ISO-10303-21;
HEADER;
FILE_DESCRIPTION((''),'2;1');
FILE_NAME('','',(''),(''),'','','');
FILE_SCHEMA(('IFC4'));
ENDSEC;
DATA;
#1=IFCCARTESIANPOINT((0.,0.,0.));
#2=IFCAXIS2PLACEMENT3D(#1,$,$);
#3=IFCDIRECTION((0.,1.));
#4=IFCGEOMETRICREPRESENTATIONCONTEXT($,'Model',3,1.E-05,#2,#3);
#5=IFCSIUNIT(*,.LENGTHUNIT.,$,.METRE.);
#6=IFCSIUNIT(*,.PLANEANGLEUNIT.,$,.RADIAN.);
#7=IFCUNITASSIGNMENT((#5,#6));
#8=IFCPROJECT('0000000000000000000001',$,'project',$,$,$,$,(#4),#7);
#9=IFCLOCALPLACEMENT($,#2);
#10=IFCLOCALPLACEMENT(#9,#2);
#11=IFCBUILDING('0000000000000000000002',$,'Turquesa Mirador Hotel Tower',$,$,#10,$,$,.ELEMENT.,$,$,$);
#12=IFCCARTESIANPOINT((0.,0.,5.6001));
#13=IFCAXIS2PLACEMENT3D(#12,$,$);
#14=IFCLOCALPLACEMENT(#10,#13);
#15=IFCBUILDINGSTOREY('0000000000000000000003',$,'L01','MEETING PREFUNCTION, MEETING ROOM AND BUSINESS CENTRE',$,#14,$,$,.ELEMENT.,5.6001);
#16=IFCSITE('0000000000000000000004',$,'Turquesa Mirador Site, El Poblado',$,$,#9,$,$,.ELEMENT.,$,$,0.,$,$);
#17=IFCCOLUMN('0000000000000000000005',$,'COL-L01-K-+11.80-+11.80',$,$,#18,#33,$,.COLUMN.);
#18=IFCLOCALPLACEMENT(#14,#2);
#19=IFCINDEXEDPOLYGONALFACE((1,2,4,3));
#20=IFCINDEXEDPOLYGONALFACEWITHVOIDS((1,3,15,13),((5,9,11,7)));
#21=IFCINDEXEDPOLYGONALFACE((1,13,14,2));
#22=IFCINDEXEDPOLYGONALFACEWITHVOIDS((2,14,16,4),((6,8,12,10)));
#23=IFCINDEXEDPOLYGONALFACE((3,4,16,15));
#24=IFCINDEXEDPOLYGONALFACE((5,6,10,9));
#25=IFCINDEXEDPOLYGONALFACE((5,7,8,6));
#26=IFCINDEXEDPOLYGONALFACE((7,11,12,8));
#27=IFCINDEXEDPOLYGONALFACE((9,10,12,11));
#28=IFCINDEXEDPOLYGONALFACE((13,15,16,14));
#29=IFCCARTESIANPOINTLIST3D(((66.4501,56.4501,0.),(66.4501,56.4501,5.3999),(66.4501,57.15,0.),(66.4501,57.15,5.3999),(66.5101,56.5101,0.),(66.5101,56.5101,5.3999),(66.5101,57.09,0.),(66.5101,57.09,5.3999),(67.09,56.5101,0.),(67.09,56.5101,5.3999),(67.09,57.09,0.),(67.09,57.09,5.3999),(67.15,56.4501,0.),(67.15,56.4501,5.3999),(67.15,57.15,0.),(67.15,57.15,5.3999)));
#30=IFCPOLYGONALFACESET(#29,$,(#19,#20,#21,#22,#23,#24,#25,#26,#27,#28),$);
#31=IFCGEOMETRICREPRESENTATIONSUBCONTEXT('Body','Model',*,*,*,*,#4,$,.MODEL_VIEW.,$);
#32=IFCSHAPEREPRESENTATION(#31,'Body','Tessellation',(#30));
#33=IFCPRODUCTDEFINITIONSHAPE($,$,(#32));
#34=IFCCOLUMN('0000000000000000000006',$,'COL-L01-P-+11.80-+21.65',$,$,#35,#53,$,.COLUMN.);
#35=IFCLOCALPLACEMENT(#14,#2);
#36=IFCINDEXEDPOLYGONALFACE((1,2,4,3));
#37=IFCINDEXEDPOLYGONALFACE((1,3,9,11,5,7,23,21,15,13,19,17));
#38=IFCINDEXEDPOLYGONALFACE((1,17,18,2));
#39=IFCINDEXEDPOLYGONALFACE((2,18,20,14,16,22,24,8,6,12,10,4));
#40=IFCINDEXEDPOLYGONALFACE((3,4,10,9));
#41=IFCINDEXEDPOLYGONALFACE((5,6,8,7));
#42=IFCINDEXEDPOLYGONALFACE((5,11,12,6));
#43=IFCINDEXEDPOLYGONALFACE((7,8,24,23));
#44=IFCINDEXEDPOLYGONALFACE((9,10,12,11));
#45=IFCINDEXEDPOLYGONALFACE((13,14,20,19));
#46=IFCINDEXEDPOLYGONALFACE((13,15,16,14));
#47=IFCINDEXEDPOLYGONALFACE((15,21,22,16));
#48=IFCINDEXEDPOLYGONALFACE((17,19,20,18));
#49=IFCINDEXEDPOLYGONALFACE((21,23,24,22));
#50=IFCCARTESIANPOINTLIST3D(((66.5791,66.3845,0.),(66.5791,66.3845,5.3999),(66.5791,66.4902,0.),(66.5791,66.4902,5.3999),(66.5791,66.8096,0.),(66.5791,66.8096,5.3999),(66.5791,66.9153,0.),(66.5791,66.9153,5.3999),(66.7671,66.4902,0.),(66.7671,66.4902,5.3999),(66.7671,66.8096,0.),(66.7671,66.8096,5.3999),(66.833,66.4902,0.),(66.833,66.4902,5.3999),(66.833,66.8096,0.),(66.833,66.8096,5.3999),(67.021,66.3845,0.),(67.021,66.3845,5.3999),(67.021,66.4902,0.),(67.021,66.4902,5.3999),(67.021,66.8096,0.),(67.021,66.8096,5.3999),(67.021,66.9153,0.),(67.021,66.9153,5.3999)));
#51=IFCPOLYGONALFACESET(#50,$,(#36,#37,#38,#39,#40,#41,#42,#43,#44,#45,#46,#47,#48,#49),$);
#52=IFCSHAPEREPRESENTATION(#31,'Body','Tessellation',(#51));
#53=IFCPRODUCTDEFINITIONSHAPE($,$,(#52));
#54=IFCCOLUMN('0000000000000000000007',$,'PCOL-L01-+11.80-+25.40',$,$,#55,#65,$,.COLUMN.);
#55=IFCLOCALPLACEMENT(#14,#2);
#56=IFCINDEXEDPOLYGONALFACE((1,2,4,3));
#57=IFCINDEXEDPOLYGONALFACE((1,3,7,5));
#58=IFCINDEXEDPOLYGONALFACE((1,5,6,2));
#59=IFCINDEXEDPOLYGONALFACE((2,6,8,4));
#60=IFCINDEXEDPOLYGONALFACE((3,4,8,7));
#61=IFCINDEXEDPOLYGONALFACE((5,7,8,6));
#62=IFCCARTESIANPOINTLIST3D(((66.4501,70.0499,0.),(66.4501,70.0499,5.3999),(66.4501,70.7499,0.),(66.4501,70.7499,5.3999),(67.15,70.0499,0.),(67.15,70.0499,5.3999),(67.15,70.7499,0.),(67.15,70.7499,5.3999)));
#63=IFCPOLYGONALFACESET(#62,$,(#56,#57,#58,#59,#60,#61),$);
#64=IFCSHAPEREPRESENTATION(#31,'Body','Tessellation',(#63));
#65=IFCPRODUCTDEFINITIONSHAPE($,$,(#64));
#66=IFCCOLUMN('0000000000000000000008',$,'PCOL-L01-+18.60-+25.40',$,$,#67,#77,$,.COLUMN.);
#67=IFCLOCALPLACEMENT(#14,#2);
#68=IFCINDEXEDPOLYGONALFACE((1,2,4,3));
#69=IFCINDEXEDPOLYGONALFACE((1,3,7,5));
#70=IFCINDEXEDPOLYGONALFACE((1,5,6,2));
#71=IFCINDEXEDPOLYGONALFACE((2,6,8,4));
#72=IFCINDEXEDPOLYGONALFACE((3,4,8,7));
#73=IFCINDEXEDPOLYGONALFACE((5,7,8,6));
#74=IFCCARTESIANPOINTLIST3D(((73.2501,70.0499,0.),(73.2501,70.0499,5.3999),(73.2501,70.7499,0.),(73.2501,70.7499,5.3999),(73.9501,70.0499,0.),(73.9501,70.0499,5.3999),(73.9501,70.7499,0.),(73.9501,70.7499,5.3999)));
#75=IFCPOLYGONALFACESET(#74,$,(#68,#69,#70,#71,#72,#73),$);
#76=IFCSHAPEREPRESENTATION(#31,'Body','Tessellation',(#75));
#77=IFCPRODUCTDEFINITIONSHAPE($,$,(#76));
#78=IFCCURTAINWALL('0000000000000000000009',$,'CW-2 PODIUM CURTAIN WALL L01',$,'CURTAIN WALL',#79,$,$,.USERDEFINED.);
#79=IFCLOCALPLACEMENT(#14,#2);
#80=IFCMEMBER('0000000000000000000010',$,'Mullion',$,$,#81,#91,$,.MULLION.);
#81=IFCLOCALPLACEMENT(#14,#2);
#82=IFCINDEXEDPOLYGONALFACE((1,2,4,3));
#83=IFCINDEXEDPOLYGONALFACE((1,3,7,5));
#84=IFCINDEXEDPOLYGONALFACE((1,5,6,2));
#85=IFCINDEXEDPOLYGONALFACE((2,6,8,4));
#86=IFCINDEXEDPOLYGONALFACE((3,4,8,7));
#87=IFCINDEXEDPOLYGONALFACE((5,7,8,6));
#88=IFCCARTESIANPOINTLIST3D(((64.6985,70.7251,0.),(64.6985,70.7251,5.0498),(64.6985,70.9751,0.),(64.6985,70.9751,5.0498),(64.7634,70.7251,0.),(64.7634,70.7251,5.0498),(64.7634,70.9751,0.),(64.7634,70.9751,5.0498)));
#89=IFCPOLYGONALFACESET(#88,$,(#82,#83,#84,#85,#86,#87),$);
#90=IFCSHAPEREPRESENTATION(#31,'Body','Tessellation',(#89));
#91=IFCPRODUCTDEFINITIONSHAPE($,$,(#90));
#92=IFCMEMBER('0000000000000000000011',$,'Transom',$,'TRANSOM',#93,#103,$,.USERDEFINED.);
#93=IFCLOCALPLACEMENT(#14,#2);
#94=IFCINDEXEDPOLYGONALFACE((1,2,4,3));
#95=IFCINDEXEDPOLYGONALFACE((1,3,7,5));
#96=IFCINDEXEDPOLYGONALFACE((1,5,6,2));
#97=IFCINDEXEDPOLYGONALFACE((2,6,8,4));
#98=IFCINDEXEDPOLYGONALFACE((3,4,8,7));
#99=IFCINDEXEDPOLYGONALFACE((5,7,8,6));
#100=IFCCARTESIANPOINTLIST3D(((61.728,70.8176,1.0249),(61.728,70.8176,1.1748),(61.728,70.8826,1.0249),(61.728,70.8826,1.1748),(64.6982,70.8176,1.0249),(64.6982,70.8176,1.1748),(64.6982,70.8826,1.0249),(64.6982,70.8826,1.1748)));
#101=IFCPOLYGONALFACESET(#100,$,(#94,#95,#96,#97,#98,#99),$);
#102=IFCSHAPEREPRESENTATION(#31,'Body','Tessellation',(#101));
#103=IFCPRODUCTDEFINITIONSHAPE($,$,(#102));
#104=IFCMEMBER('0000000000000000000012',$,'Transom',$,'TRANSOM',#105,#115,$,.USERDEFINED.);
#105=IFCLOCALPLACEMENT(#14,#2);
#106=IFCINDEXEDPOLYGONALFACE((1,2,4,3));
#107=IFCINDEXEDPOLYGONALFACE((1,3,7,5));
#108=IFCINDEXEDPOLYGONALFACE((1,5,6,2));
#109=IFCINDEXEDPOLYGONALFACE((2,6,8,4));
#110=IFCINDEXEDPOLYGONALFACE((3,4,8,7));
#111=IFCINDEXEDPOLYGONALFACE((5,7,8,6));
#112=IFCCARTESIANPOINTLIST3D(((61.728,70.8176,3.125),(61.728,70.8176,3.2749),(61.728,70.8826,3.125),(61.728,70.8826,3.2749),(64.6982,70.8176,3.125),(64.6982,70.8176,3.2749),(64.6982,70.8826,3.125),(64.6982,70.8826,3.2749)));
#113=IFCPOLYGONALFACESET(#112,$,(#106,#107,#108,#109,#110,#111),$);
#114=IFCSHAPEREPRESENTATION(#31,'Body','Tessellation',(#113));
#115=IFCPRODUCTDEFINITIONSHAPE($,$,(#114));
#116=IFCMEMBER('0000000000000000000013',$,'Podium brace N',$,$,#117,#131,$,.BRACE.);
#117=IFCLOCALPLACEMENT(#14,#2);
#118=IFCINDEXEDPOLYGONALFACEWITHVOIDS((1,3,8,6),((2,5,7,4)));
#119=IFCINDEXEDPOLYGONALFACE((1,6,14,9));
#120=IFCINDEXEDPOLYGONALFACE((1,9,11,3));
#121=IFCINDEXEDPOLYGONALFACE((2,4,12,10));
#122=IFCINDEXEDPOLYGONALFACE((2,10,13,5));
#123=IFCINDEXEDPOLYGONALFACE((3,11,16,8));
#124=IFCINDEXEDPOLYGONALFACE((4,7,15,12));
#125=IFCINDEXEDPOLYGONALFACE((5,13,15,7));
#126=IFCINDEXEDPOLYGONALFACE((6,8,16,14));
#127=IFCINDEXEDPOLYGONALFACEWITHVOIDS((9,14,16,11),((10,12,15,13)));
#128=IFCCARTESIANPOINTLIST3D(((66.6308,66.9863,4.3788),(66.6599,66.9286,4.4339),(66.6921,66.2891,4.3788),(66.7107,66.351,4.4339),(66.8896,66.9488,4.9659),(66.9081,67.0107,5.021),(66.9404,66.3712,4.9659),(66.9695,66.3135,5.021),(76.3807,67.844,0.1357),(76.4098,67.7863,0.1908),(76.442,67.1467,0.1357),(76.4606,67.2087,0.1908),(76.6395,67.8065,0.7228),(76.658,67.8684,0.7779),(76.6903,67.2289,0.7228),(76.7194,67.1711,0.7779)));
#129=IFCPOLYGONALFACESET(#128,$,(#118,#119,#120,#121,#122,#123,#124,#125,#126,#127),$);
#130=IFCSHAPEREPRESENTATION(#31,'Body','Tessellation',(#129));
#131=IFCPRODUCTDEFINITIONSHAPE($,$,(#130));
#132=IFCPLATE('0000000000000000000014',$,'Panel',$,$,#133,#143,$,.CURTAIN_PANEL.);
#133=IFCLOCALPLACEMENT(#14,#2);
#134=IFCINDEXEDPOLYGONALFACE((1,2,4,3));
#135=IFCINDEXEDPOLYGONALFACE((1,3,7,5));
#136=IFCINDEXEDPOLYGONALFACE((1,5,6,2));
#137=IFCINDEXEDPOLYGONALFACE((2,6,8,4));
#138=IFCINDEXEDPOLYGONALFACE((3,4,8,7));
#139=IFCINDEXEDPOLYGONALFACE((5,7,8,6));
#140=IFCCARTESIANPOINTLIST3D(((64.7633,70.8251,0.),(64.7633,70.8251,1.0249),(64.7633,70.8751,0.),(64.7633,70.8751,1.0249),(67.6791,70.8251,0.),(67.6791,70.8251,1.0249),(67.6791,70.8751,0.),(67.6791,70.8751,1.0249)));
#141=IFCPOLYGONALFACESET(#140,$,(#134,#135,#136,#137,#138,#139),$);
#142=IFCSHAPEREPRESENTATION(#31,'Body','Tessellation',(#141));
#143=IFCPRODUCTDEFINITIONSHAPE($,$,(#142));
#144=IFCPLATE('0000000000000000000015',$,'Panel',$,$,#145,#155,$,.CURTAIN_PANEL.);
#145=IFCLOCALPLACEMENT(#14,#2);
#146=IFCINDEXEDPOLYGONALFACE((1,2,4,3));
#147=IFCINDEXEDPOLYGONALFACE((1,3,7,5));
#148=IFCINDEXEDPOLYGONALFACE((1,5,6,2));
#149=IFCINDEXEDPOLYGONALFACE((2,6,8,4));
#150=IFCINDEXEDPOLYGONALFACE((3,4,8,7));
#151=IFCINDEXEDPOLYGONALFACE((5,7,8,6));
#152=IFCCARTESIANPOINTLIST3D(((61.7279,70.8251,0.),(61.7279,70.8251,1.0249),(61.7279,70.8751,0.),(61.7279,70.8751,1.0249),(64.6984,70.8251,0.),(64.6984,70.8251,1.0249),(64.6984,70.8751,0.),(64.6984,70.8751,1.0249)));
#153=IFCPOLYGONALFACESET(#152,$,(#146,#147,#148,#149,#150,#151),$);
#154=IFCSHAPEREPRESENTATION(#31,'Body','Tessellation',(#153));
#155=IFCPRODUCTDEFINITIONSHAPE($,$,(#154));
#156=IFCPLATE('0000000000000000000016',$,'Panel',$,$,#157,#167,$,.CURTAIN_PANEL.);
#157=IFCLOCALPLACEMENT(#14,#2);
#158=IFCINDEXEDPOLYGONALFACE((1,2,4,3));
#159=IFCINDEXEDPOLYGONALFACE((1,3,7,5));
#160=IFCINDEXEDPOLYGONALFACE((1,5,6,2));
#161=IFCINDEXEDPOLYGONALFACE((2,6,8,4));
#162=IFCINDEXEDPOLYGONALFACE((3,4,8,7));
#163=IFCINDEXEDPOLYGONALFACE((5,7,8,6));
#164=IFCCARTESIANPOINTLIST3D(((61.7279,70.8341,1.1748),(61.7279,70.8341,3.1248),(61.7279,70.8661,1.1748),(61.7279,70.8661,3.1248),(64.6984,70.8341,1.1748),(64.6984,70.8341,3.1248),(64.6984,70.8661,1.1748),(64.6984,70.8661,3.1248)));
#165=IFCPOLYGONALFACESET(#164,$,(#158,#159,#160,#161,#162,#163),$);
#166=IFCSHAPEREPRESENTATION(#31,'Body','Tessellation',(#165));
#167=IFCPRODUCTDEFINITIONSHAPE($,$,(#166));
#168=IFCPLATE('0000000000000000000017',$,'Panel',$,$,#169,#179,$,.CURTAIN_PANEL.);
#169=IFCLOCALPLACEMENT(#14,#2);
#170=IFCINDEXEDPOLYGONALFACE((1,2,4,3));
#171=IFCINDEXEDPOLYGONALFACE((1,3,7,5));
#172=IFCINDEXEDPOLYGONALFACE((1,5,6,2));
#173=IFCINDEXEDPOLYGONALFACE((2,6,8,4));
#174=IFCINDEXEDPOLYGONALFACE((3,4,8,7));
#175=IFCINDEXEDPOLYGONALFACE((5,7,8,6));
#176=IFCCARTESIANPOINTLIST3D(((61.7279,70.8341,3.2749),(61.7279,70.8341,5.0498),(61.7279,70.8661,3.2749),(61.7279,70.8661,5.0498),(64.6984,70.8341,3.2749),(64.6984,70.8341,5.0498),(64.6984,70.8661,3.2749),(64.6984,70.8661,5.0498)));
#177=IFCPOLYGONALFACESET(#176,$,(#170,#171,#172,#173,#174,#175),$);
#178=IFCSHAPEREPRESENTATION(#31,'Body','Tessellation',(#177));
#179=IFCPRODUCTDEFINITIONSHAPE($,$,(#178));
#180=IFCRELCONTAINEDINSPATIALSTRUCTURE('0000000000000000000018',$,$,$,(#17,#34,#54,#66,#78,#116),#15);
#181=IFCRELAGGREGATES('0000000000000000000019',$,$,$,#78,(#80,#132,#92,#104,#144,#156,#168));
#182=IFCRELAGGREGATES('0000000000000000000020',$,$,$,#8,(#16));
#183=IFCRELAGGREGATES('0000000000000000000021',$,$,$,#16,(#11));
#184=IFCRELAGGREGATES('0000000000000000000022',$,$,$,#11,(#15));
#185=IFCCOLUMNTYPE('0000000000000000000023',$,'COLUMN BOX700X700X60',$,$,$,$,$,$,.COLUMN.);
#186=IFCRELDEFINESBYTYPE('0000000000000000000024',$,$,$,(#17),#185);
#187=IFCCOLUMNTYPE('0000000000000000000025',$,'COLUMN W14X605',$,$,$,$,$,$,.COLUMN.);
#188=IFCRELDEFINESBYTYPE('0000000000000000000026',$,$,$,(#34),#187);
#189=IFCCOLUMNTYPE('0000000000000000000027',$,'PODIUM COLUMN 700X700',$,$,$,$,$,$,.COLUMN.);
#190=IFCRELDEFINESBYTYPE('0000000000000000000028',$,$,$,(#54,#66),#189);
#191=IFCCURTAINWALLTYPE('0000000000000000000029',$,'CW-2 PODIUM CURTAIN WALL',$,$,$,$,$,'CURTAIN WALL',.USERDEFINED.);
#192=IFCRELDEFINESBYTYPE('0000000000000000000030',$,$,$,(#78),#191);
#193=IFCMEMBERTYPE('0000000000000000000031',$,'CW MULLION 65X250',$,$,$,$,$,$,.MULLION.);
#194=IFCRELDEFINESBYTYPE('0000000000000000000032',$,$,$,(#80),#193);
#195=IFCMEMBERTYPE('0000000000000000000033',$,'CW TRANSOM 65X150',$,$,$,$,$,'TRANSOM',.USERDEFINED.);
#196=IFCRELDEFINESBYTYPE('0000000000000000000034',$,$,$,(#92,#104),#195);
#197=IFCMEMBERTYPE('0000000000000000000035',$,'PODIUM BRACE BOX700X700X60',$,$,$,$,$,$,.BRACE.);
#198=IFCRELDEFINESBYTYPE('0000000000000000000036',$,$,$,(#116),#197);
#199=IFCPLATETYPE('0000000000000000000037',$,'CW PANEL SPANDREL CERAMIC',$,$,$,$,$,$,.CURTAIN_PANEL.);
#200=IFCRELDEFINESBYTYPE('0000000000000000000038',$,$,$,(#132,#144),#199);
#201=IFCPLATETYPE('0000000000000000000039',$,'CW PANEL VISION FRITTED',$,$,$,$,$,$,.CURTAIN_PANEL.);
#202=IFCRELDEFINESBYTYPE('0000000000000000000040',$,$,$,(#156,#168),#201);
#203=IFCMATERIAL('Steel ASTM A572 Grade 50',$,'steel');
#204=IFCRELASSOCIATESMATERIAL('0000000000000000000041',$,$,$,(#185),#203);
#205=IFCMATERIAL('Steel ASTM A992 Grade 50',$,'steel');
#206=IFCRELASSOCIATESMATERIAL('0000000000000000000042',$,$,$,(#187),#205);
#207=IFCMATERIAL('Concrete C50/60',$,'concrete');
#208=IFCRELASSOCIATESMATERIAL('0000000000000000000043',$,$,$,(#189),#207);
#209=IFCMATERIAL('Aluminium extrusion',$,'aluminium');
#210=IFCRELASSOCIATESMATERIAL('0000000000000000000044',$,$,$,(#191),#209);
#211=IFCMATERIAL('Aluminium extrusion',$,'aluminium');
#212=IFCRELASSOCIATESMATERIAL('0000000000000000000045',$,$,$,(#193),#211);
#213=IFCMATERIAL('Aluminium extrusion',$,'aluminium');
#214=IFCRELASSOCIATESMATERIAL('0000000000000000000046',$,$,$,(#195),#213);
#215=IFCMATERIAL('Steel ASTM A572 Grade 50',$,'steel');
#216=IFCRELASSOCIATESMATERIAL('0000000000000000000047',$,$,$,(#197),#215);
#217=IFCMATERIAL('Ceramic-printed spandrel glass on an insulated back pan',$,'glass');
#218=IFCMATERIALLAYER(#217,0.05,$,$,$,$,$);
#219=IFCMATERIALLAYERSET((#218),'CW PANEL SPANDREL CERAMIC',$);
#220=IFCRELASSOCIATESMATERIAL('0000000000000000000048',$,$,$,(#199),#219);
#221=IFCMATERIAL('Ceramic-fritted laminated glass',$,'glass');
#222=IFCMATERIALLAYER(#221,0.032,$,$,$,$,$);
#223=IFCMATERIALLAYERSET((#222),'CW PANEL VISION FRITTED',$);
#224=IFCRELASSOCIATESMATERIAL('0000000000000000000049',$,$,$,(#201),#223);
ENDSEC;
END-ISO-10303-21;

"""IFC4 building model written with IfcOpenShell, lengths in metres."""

from ifc_helpers import new_model, si_unit, direction, frame, origin, origin_2d, place, context, subcontext, project, spatial, rectangle, hollow_rectangle, i_section, extrude, material, layer, layer_set, material_profile, profile_set, type_object, element, aggregate, save


model = new_model("IFC4")

# Units and contexts
model_context = context("Model", 3, precision=1e-05, world=origin(), true_north=direction((0.0, 1.0)))
body_context = subcontext(model_context, "Body", "Model", "MODEL_VIEW")
ifc_project = project(units=[si_unit("LENGTHUNIT", "METRE"), si_unit("PLANEANGLEUNIT", "RADIAN")], contexts=[model_context])

# Site, building, storey
site_placement = place(None, origin())
site = spatial("IfcSite", under=ifc_project, at=site_placement, Name="Turquesa Mirador Site, El Poblado", CompositionType="ELEMENT", RefElevation=0.0)
building_placement = place(site_placement, origin())
building = spatial("IfcBuilding", under=site, at=building_placement, Name="Turquesa Mirador Hotel Tower", CompositionType="ELEMENT")
storey_placement = place(building_placement, frame((0.0, 0.0, 5.6001)))
storey = spatial("IfcBuildingStorey", under=building, at=storey_placement, Name="L01", Description="MEETING PREFUNCTION, MEETING ROOM AND BUSINESS CENTRE", CompositionType="ELEMENT", Elevation=5.6001)

# Columns
ifc_material_1 = material(Name="Steel ASTM A572 Grade 50", Category="steel")
ifc_material_profile_1 = material_profile(ifc_material_1, hollow_rectangle(XDim=0.7, YDim=0.7, WallThickness=0.0601, at=origin_2d()), Name="BOX700X700X60")
ifc_profile_set_1 = profile_set([ifc_material_profile_1], Name="Steel ASTM A572 Grade 50")
column_type_1 = type_object("IfcColumnType", Name="COLUMN BOX700X700X60", PredefinedType="COLUMN", material=ifc_profile_set_1)
column_1_placement = place(storey_placement, frame((66.8, 56.8, 0.0), z_axis=(0.0, 0.0, 1.0), x_axis=(1.0, 0.0, 0.0)))
element("IfcColumn", 1, at=column_1_placement, inside=storey, type_object=column_type_1, Name="COL-L01-K-+11.80-+11.80", PredefinedType="COLUMN", context=body_context, shape_type="SweptSolid", body=[
    extrude(hollow_rectangle(XDim=0.7, YDim=0.7, WallThickness=0.0601, at=origin_2d()), origin(), (0.0, 0.0, 1.0), 5.3999),
])
ifc_material_2 = material(Name="Steel ASTM A992 Grade 50", Category="steel")
ifc_material_profile_2 = material_profile(ifc_material_2, i_section(OverallWidth=0.4419, OverallDepth=0.5308, WebThickness=0.0659, FlangeThickness=0.1057, at=origin_2d()), Name="W14X605")
ifc_profile_set_2 = profile_set([ifc_material_profile_2], Name="Steel ASTM A992 Grade 50")
column_type_2 = type_object("IfcColumnType", Name="COLUMN W14X605", PredefinedType="COLUMN", material=ifc_profile_set_2)
column_2_placement = place(storey_placement, frame((66.8, 66.6499, 0.0), z_axis=(0.0, 0.0, 1.0), x_axis=(1.0, 0.0, 0.0)))
element("IfcColumn", 2, at=column_2_placement, inside=storey, type_object=column_type_2, Name="COL-L01-P-+11.80-+21.65", PredefinedType="COLUMN", context=body_context, shape_type="SweptSolid", body=[
    extrude(i_section(OverallWidth=0.4419, OverallDepth=0.5308, WebThickness=0.0659, FlangeThickness=0.1057, at=origin_2d()), origin(), (0.0, 0.0, 1.0), 5.3999),
])
ifc_material_3 = material(Name="Concrete C50/60", Category="concrete")
ifc_material_profile_3 = material_profile(ifc_material_3, rectangle(XDim=0.7, YDim=0.7, at=origin_2d()), Name="RC 700X700")
ifc_profile_set_3 = profile_set([ifc_material_profile_3], Name="Concrete C50/60")
column_type_3 = type_object("IfcColumnType", Name="PODIUM COLUMN 700X700", PredefinedType="COLUMN", material=ifc_profile_set_3)
for number, where, z_axis, x_axis, name in (
    (3, (66.8, 70.3999, 0.0), (0.0, 0.0, 1.0), (1.0, 0.0, 0.0), "PCOL-L01-+11.80-+25.40"),
    (4, (73.6001, 70.3999, 0.0), (0.0, 0.0, 1.0), (1.0, 0.0, 0.0), "PCOL-L01-+18.60-+25.40"),
):
    element("IfcColumn", number, at=place(storey_placement, frame(where, z_axis=z_axis, x_axis=x_axis)), inside=storey, type_object=column_type_3, Name=name, PredefinedType="COLUMN", context=body_context, shape_type="SweptSolid", body=[
        extrude(rectangle(XDim=0.7, YDim=0.7, at=origin_2d()), origin(), (0.0, 0.0, 1.0), 5.3999),
    ])

# Curtain wall, members
ifc_material_4 = material(Name="Aluminium extrusion", Category="aluminium")
curtain_wall_type = type_object("IfcCurtainWallType", Name="CW-2 PODIUM CURTAIN WALL", ElementType="CURTAIN WALL", PredefinedType="USERDEFINED", material=ifc_material_4)
curtain_wall_placement = place(storey_placement, origin())
curtain_wall = element("IfcCurtainWall", 5, at=curtain_wall_placement, inside=storey, type_object=curtain_wall_type, Name="CW-2 PODIUM CURTAIN WALL L01", ObjectType="CURTAIN WALL", PredefinedType="USERDEFINED")
ifc_material_5 = material(Name="Aluminium extrusion", Category="aluminium")
ifc_material_profile_4 = material_profile(ifc_material_5, rectangle(XDim=0.0649, YDim=0.25, at=origin_2d()), Name="MULLION 65X250")
ifc_profile_set_4 = profile_set([ifc_material_profile_4], Name="Aluminium extrusion")
member_type_1 = type_object("IfcMemberType", Name="CW MULLION 65X250", PredefinedType="MULLION", material=ifc_profile_set_4)
member_1_placement = place(storey_placement, frame((64.731, 70.8501, 0.0), z_axis=(0.0, 0.0, 1.0), x_axis=(-1.0, 0.0, 0.0)))
member_1 = element("IfcMember", 6, at=member_1_placement, type_object=member_type_1, Name="Mullion", PredefinedType="MULLION", context=body_context, shape_type="SweptSolid", body=[
    extrude(rectangle(XDim=0.0649, YDim=0.25, at=origin_2d()), origin(), (0.0, 0.0, 1.0), 5.0498),
])
ifc_material_6 = material(Name="Aluminium extrusion", Category="aluminium")
ifc_material_profile_5 = material_profile(ifc_material_6, rectangle(XDim=0.0649, YDim=0.1499, at=origin_2d()), Name="TRANSOM 65X150")
ifc_profile_set_5 = profile_set([ifc_material_profile_5], Name="Aluminium extrusion")
member_type_2 = type_object("IfcMemberType", Name="CW TRANSOM 65X150", ElementType="TRANSOM", PredefinedType="USERDEFINED", material=ifc_profile_set_5)
member_2_placement = place(storey_placement, frame((64.6982, 70.8501, 1.0999), z_axis=(-1.0, 0.0, 0.0), x_axis=(0.0, -1.0, 0.0)))
member_2 = element("IfcMember", 7, at=member_2_placement, type_object=member_type_2, Name="Transom", ObjectType="TRANSOM", PredefinedType="USERDEFINED", context=body_context, shape_type="SweptSolid", body=[
    extrude(rectangle(XDim=0.0649, YDim=0.1499, at=origin_2d()), origin(), (0.0, 0.0, 1.0), 2.9702),
])
member_3_placement = place(storey_placement, frame((64.6982, 70.8501, 3.2), z_axis=(-1.0, 0.0, 0.0), x_axis=(0.0, -1.0, 0.0)))
member_3 = element("IfcMember", 8, at=member_3_placement, type_object=member_type_2, Name="Transom", ObjectType="TRANSOM", PredefinedType="USERDEFINED", context=body_context, shape_type="SweptSolid", body=[
    extrude(rectangle(XDim=0.0649, YDim=0.1499, at=origin_2d()), origin(), (0.0, 0.0, 1.0), 2.9702),
])

# Member
ifc_material_7 = material(Name="Steel ASTM A572 Grade 50", Category="steel")
ifc_material_profile_6 = material_profile(ifc_material_7, hollow_rectangle(XDim=0.7, YDim=0.7, WallThickness=0.0601, at=origin_2d()), Name="BOX700X700X60")
ifc_profile_set_6 = profile_set([ifc_material_profile_6], Name="Steel ASTM A572 Grade 50")
member_type_3 = type_object("IfcMemberType", Name="PODIUM BRACE BOX700X700X60", PredefinedType="BRACE", material=ifc_profile_set_6)
member_4_placement = place(storey_placement, frame((76.55, 67.5076, 0.4568), z_axis=(-0.913963, -0.080397, 0.397753), x_axis=(0.087627, -0.996153, 0.0)))
element("IfcMember", 9, at=member_4_placement, inside=storey, type_object=member_type_3, Name="Podium brace N", PredefinedType="BRACE", context=body_context, shape_type="SweptSolid", body=[
    extrude(hollow_rectangle(XDim=0.7, YDim=0.7, WallThickness=0.0601, at=origin_2d()), origin(), (0.0, 0.0, 1.0), 10.6677),
])

# Plates
ifc_material_8 = material(Name="Ceramic-printed spandrel glass on an insulated back pan", Category="glass")
ifc_layer_1 = layer(ifc_material_8, 0.05)
ifc_layer_set_1 = layer_set([ifc_layer_1], Name="CW PANEL SPANDREL CERAMIC")
plate_type_1 = type_object("IfcPlateType", Name="CW PANEL SPANDREL CERAMIC", PredefinedType="CURTAIN_PANEL", material=ifc_layer_set_1)
plate_1_placement = place(storey_placement, frame((66.2212, 70.8501, 0.0), z_axis=(0.0, 0.0, 1.0), x_axis=(-1.0, 0.0, 0.0)))
plate_1 = element("IfcPlate", 10, at=plate_1_placement, type_object=plate_type_1, Name="Panel", PredefinedType="CURTAIN_PANEL", context=body_context, shape_type="SweptSolid", body=[
    extrude(rectangle(XDim=2.9158, YDim=0.05, at=origin_2d()), origin(), (0.0, 0.0, 1.0), 1.0249),
])
plate_2_placement = place(storey_placement, frame((63.2131, 70.8501, 0.0), z_axis=(0.0, 0.0, 1.0), x_axis=(-1.0, 0.0, 0.0)))
plate_2 = element("IfcPlate", 11, at=plate_2_placement, type_object=plate_type_1, Name="Panel", PredefinedType="CURTAIN_PANEL", context=body_context, shape_type="SweptSolid", body=[
    extrude(rectangle(XDim=2.9705, YDim=0.05, at=origin_2d()), origin(), (0.0, 0.0, 1.0), 1.0249),
])
ifc_material_9 = material(Name="Ceramic-fritted laminated glass", Category="glass")
ifc_layer_2 = layer(ifc_material_9, 0.032)
ifc_layer_set_2 = layer_set([ifc_layer_2], Name="CW PANEL VISION FRITTED")
plate_type_2 = type_object("IfcPlateType", Name="CW PANEL VISION FRITTED", PredefinedType="CURTAIN_PANEL", material=ifc_layer_set_2)
plate_3_placement = place(storey_placement, frame((63.2131, 70.8501, 1.1748), z_axis=(0.0, 0.0, 1.0), x_axis=(-1.0, 0.0, 0.0)))
plate_3 = element("IfcPlate", 12, at=plate_3_placement, type_object=plate_type_2, Name="Panel", PredefinedType="CURTAIN_PANEL", context=body_context, shape_type="SweptSolid", body=[
    extrude(rectangle(XDim=2.9705, YDim=0.032, at=origin_2d()), origin(), (0.0, 0.0, 1.0), 1.95),
])
plate_4_placement = place(storey_placement, frame((63.2131, 70.8501, 3.2749), z_axis=(0.0, 0.0, 1.0), x_axis=(-1.0, 0.0, 0.0)))
plate_4 = element("IfcPlate", 13, at=plate_4_placement, type_object=plate_type_2, Name="Panel", PredefinedType="CURTAIN_PANEL", context=body_context, shape_type="SweptSolid", body=[
    extrude(rectangle(XDim=2.9705, YDim=0.032, at=origin_2d()), origin(), (0.0, 0.0, 1.0), 1.7749),
])
aggregate(curtain_wall, [member_1, plate_1, member_2, member_3, plate_2, plate_3, plate_4])

save(model, "model.ifc")
